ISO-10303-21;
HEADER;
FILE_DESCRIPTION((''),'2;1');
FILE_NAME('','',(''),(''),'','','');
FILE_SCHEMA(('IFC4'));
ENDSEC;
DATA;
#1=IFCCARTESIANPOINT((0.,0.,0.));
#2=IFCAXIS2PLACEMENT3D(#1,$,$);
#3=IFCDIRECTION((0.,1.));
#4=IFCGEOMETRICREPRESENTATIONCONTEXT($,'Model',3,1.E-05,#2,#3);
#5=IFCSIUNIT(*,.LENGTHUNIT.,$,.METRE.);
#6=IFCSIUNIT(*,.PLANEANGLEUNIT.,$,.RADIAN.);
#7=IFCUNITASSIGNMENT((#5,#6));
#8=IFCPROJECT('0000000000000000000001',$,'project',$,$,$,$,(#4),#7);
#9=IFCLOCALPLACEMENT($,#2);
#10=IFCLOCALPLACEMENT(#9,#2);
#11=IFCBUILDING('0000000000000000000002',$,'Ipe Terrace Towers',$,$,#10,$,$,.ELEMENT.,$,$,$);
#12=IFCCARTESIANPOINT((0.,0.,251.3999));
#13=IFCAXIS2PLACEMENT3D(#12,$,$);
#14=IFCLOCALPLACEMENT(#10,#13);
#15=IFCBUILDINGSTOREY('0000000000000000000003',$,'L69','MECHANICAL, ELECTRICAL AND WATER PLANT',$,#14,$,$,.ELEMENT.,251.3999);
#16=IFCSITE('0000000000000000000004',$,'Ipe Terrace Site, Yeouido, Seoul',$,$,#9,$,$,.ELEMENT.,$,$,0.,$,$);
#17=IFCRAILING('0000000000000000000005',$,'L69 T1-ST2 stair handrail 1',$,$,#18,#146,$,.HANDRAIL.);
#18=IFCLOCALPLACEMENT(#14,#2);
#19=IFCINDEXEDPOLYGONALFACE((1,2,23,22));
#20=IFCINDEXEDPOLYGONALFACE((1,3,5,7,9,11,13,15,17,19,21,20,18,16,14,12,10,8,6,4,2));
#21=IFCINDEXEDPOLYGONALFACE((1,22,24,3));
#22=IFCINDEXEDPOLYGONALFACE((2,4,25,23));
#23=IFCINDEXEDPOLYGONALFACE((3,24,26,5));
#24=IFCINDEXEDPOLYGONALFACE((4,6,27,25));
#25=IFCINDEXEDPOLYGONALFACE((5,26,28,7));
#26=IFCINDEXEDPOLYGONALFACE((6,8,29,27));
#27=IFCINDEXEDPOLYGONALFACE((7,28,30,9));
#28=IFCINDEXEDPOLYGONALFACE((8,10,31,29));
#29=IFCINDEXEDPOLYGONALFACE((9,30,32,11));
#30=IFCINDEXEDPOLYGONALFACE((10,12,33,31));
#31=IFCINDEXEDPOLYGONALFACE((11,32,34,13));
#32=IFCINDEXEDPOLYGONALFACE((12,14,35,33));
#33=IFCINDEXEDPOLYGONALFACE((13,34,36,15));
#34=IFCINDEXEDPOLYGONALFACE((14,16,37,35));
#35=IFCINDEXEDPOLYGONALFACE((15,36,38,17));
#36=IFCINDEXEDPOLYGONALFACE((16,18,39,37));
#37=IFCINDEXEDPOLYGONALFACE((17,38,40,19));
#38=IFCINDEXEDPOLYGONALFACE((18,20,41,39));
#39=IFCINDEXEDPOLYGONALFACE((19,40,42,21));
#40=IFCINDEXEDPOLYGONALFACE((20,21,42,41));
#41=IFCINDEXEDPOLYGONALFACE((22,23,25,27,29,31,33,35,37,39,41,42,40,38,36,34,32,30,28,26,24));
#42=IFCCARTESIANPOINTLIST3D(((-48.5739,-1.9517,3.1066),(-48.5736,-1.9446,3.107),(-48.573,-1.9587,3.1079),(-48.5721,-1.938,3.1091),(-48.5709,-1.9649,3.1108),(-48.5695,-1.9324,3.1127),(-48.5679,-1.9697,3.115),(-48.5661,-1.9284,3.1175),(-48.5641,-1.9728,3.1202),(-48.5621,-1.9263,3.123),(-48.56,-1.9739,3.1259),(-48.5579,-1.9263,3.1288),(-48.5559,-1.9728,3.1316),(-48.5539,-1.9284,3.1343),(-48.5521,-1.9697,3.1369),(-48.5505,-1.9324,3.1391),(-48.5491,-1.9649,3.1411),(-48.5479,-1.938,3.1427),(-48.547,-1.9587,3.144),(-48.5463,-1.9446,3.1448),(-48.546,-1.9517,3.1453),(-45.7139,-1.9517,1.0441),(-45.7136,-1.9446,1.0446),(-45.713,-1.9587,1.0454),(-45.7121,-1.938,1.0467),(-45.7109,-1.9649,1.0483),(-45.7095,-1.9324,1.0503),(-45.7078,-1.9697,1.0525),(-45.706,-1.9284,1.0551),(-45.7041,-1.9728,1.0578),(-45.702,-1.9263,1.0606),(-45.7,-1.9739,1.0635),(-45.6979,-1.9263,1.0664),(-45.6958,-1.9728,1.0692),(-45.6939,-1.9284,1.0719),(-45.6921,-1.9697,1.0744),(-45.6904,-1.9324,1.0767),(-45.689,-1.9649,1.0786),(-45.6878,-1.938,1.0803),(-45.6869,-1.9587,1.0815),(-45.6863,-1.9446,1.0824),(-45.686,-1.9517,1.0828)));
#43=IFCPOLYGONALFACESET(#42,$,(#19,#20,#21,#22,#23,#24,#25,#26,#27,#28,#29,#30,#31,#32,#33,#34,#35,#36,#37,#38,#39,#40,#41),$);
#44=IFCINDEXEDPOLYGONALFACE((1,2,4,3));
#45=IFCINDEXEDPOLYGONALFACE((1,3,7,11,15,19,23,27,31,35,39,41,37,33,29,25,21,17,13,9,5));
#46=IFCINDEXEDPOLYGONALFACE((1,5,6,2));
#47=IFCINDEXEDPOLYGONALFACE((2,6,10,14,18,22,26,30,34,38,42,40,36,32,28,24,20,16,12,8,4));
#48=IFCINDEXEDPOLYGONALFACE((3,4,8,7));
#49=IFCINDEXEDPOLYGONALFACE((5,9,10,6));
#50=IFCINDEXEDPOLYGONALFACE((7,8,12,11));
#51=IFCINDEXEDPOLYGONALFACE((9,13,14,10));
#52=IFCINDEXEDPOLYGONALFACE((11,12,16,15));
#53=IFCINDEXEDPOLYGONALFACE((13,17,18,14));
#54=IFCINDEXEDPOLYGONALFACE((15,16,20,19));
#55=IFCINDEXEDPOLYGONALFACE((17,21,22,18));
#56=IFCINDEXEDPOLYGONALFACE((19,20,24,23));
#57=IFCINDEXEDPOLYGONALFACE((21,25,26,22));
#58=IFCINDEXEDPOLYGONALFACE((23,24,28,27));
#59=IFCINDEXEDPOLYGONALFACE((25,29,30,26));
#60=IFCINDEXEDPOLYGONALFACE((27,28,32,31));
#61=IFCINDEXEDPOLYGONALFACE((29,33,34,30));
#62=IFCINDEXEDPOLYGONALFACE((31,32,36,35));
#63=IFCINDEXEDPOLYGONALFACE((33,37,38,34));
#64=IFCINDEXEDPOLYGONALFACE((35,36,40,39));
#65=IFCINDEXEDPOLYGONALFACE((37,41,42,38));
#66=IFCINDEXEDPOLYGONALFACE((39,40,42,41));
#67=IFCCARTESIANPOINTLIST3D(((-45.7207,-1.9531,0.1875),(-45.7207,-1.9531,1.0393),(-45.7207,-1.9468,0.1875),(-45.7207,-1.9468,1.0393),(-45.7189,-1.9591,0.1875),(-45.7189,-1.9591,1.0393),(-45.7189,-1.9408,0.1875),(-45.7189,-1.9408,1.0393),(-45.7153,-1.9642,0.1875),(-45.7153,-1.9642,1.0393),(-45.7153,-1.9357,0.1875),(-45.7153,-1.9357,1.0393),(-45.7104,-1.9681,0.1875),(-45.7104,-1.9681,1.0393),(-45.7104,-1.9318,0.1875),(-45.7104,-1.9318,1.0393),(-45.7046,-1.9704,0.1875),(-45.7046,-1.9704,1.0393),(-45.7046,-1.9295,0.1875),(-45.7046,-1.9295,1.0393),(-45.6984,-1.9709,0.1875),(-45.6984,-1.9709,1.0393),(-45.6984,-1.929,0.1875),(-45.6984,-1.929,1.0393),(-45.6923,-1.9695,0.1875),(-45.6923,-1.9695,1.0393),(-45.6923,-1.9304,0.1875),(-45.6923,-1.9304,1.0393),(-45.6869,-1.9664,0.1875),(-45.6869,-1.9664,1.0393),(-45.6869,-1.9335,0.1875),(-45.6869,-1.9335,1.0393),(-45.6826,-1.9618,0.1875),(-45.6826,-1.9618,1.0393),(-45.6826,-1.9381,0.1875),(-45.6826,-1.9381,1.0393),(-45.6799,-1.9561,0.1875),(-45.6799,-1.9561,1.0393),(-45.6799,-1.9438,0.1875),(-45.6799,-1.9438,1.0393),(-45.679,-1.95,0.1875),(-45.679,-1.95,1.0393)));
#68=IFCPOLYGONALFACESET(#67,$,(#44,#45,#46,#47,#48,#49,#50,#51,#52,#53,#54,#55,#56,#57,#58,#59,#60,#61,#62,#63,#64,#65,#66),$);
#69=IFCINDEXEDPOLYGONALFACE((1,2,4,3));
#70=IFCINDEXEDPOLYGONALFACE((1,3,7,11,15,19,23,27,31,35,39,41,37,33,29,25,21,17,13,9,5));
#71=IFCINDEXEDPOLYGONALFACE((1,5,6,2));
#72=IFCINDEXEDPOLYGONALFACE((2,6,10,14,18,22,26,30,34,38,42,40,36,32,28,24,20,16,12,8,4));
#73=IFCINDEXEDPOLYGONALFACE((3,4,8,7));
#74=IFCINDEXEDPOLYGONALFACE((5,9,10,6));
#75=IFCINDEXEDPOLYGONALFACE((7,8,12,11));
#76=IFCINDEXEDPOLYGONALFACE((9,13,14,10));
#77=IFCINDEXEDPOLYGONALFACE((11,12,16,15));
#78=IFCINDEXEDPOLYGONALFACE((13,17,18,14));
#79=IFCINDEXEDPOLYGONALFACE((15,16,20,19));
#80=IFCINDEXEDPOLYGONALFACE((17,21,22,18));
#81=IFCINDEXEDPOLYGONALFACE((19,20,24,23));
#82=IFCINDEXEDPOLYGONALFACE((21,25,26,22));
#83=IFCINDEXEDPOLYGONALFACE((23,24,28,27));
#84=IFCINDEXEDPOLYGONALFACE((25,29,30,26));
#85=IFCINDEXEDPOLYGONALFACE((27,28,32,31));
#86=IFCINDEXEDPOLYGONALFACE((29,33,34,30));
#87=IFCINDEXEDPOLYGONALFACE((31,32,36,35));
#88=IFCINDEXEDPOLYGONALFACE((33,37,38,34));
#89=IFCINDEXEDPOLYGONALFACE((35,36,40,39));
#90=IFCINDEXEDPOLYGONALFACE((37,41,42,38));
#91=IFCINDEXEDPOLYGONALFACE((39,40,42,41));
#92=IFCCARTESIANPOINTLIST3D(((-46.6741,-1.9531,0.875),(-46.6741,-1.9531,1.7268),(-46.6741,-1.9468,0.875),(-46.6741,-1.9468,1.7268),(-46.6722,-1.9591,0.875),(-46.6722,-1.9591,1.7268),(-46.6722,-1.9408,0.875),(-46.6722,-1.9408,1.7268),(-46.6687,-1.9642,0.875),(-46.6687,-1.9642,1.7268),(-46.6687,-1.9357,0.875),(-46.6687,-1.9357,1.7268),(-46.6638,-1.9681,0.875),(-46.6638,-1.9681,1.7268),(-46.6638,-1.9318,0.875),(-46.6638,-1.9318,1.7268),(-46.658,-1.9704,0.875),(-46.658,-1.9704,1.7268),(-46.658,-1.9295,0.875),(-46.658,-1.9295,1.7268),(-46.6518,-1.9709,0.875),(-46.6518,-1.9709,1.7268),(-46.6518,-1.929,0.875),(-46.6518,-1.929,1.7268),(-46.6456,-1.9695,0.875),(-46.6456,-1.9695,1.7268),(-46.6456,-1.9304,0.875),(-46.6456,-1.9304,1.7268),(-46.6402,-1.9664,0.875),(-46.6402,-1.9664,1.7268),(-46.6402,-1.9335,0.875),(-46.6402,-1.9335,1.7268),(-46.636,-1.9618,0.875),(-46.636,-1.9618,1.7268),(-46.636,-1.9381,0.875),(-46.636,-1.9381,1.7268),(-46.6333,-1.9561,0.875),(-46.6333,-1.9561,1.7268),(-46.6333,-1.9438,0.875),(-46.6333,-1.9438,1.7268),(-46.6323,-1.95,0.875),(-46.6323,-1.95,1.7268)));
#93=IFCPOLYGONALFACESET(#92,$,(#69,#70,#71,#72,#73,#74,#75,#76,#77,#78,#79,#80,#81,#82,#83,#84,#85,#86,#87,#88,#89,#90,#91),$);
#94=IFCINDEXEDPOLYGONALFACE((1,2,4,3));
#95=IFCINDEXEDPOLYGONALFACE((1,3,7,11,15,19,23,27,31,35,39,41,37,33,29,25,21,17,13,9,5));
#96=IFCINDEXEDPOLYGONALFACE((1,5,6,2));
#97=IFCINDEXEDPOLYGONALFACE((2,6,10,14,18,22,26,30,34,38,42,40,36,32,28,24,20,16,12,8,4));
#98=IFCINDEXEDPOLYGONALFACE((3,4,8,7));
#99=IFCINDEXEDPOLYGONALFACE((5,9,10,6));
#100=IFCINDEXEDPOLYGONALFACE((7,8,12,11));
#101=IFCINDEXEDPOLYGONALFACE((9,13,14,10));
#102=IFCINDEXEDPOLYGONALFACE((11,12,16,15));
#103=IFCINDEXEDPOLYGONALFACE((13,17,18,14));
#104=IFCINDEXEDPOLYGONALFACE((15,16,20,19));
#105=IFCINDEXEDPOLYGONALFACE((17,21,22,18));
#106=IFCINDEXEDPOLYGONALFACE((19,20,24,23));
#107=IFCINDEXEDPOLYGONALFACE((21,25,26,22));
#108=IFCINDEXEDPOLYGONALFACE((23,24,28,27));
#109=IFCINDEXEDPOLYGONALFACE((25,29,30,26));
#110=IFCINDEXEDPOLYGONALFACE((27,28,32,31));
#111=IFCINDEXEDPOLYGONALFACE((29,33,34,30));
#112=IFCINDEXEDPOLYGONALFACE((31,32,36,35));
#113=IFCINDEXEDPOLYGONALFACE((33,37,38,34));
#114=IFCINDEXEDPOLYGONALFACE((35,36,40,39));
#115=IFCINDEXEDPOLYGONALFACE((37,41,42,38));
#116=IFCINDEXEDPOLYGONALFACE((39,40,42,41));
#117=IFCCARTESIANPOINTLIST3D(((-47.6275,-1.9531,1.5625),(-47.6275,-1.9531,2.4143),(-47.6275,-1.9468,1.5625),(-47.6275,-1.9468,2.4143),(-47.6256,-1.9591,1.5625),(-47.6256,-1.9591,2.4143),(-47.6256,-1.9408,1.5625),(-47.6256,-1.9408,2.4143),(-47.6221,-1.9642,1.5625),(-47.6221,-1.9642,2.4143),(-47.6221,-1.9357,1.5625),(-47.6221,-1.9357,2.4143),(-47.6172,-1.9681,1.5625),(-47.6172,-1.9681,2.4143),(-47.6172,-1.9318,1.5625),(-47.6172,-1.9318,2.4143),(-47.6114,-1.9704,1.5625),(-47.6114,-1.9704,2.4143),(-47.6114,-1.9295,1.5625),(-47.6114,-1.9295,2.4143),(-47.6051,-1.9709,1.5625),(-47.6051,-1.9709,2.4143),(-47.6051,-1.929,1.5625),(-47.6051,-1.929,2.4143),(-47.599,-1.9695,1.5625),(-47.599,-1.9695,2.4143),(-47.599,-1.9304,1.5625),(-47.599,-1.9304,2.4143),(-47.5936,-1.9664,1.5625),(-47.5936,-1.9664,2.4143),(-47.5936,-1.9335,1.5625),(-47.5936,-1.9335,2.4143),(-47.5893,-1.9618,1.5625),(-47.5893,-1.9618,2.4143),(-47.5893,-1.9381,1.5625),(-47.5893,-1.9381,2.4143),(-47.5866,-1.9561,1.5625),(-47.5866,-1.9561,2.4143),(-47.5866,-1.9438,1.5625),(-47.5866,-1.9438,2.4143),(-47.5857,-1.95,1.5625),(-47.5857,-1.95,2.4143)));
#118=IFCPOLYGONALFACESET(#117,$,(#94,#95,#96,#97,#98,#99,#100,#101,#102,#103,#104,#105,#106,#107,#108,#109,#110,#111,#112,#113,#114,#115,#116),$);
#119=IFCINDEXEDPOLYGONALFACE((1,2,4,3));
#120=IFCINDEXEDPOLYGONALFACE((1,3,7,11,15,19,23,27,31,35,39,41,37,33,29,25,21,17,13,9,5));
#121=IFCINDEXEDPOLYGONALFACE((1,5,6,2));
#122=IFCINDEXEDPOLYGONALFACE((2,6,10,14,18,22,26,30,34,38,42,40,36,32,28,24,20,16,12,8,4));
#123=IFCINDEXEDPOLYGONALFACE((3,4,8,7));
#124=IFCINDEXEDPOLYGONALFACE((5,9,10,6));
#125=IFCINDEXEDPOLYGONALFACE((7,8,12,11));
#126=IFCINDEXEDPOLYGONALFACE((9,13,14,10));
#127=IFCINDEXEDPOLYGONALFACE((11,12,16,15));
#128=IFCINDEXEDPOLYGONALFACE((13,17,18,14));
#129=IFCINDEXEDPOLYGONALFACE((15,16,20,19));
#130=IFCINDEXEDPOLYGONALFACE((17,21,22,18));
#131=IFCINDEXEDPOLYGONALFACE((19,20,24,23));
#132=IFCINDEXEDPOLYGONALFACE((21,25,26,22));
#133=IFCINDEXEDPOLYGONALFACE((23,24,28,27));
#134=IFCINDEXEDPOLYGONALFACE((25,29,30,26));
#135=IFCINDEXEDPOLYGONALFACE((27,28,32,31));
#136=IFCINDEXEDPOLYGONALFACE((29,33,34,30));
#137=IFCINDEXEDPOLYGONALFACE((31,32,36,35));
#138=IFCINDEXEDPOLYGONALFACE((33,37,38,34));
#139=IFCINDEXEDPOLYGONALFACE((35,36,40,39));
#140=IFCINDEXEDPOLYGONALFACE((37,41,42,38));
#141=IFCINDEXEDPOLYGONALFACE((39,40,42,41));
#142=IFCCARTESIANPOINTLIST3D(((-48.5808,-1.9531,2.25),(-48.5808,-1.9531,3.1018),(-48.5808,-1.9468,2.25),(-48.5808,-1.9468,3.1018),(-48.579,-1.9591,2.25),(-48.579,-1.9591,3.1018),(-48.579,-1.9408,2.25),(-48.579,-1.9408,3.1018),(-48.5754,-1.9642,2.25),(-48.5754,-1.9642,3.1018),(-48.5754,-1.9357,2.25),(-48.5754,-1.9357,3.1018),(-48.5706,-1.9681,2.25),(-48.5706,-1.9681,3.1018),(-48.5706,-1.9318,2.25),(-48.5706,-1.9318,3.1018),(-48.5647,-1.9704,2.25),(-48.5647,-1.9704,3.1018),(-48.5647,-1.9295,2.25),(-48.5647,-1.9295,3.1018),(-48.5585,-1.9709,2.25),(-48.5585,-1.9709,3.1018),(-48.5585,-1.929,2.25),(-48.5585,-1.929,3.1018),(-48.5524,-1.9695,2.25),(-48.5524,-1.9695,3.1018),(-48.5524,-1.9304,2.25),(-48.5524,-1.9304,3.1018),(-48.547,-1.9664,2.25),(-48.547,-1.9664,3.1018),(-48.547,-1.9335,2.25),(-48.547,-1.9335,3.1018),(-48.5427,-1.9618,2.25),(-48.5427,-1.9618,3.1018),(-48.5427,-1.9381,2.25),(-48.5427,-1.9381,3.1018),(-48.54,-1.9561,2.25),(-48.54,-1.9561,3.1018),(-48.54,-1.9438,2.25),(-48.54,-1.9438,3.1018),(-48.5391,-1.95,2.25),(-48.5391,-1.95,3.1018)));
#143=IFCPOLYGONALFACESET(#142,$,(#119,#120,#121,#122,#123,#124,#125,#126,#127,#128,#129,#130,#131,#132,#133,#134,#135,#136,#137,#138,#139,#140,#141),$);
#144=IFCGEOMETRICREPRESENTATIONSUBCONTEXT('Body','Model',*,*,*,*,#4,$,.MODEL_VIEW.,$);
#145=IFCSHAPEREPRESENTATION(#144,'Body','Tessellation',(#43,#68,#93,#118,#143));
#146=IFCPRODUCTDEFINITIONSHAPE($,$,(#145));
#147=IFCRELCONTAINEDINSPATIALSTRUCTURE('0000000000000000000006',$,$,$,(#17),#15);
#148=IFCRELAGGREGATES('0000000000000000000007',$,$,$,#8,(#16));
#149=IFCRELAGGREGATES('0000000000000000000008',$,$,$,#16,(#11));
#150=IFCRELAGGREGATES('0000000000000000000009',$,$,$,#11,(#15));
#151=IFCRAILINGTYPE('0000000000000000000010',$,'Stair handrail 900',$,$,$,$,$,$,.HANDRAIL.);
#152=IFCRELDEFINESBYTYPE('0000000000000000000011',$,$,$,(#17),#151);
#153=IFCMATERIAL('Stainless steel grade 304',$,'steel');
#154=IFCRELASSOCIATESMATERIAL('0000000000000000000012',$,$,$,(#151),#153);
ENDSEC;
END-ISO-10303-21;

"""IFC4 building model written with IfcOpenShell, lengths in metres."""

from ifc_helpers import new_model, si_unit, direction, frame, origin, origin_2d, place, context, subcontext, project, spatial, circle, extrude, material, type_object, element, save


model = new_model("IFC4")

# Units and contexts
model_context = context("Model", 3, precision=1e-05, world=origin(), true_north=direction((0.0, 1.0)))
body_context = subcontext(model_context, "Body", "Model", "MODEL_VIEW")
ifc_project = project(units=[si_unit("LENGTHUNIT", "METRE"), si_unit("PLANEANGLEUNIT", "RADIAN")], contexts=[model_context])

# Site, building, storey
site_placement = place(None, origin())
site = spatial("IfcSite", under=ifc_project, at=site_placement, Name="Ipe Terrace Site, Yeouido, Seoul", CompositionType="ELEMENT", RefElevation=0.0)
building_placement = place(site_placement, origin())
building = spatial("IfcBuilding", under=site, at=building_placement, Name="Ipe Terrace Towers", CompositionType="ELEMENT")
storey_placement = place(building_placement, frame((0.0, 0.0, 251.3999)))
storey = spatial("IfcBuildingStorey", under=building, at=storey_placement, Name="L69", Description="MECHANICAL, ELECTRICAL AND WATER PLANT", CompositionType="ELEMENT", Elevation=251.3999)

# Railing
ifc_material_1 = material(Name="Stainless steel grade 304", Category="steel")
railing_type_1 = type_object("IfcRailingType", Name="Stair handrail 900", PredefinedType="HANDRAIL", material=ifc_material_1)
railing_1_placement = place(storey_placement, frame((-45.7, -1.95, 0.1875)))
element("IfcRailing", 1, at=railing_1_placement, inside=storey, type_object=railing_type_1, Name="L69 T1-ST2 stair handrail 1", PredefinedType="HANDRAIL", context=body_context, shape_type="SweptSolid", body=[
    extrude(circle(Radius=0.0239, at=origin_2d()), frame((0.0, 0.0, 0.876), z_axis=(-0.811101, 0.0, 0.584906), x_axis=(0.0, -1.0, 0.0)), (0.0, 0.0, 1.0), 3.5261),
    extrude(circle(Radius=0.021, at=origin_2d()), origin(), (0.0, 0.0, 1.0), 0.8518),
    extrude(circle(Radius=0.021, at=origin_2d()), frame((-0.9534, 0.0, 0.6875)), (0.0, 0.0, 1.0), 0.8518),
    extrude(circle(Radius=0.021, at=origin_2d()), frame((-1.9067, 0.0, 1.375)), (0.0, 0.0, 1.0), 0.8518),
    extrude(circle(Radius=0.021, at=origin_2d()), frame((-2.8601, 0.0, 2.0625)), (0.0, 0.0, 1.0), 0.8518),
])

save(model, "model.ifc")
